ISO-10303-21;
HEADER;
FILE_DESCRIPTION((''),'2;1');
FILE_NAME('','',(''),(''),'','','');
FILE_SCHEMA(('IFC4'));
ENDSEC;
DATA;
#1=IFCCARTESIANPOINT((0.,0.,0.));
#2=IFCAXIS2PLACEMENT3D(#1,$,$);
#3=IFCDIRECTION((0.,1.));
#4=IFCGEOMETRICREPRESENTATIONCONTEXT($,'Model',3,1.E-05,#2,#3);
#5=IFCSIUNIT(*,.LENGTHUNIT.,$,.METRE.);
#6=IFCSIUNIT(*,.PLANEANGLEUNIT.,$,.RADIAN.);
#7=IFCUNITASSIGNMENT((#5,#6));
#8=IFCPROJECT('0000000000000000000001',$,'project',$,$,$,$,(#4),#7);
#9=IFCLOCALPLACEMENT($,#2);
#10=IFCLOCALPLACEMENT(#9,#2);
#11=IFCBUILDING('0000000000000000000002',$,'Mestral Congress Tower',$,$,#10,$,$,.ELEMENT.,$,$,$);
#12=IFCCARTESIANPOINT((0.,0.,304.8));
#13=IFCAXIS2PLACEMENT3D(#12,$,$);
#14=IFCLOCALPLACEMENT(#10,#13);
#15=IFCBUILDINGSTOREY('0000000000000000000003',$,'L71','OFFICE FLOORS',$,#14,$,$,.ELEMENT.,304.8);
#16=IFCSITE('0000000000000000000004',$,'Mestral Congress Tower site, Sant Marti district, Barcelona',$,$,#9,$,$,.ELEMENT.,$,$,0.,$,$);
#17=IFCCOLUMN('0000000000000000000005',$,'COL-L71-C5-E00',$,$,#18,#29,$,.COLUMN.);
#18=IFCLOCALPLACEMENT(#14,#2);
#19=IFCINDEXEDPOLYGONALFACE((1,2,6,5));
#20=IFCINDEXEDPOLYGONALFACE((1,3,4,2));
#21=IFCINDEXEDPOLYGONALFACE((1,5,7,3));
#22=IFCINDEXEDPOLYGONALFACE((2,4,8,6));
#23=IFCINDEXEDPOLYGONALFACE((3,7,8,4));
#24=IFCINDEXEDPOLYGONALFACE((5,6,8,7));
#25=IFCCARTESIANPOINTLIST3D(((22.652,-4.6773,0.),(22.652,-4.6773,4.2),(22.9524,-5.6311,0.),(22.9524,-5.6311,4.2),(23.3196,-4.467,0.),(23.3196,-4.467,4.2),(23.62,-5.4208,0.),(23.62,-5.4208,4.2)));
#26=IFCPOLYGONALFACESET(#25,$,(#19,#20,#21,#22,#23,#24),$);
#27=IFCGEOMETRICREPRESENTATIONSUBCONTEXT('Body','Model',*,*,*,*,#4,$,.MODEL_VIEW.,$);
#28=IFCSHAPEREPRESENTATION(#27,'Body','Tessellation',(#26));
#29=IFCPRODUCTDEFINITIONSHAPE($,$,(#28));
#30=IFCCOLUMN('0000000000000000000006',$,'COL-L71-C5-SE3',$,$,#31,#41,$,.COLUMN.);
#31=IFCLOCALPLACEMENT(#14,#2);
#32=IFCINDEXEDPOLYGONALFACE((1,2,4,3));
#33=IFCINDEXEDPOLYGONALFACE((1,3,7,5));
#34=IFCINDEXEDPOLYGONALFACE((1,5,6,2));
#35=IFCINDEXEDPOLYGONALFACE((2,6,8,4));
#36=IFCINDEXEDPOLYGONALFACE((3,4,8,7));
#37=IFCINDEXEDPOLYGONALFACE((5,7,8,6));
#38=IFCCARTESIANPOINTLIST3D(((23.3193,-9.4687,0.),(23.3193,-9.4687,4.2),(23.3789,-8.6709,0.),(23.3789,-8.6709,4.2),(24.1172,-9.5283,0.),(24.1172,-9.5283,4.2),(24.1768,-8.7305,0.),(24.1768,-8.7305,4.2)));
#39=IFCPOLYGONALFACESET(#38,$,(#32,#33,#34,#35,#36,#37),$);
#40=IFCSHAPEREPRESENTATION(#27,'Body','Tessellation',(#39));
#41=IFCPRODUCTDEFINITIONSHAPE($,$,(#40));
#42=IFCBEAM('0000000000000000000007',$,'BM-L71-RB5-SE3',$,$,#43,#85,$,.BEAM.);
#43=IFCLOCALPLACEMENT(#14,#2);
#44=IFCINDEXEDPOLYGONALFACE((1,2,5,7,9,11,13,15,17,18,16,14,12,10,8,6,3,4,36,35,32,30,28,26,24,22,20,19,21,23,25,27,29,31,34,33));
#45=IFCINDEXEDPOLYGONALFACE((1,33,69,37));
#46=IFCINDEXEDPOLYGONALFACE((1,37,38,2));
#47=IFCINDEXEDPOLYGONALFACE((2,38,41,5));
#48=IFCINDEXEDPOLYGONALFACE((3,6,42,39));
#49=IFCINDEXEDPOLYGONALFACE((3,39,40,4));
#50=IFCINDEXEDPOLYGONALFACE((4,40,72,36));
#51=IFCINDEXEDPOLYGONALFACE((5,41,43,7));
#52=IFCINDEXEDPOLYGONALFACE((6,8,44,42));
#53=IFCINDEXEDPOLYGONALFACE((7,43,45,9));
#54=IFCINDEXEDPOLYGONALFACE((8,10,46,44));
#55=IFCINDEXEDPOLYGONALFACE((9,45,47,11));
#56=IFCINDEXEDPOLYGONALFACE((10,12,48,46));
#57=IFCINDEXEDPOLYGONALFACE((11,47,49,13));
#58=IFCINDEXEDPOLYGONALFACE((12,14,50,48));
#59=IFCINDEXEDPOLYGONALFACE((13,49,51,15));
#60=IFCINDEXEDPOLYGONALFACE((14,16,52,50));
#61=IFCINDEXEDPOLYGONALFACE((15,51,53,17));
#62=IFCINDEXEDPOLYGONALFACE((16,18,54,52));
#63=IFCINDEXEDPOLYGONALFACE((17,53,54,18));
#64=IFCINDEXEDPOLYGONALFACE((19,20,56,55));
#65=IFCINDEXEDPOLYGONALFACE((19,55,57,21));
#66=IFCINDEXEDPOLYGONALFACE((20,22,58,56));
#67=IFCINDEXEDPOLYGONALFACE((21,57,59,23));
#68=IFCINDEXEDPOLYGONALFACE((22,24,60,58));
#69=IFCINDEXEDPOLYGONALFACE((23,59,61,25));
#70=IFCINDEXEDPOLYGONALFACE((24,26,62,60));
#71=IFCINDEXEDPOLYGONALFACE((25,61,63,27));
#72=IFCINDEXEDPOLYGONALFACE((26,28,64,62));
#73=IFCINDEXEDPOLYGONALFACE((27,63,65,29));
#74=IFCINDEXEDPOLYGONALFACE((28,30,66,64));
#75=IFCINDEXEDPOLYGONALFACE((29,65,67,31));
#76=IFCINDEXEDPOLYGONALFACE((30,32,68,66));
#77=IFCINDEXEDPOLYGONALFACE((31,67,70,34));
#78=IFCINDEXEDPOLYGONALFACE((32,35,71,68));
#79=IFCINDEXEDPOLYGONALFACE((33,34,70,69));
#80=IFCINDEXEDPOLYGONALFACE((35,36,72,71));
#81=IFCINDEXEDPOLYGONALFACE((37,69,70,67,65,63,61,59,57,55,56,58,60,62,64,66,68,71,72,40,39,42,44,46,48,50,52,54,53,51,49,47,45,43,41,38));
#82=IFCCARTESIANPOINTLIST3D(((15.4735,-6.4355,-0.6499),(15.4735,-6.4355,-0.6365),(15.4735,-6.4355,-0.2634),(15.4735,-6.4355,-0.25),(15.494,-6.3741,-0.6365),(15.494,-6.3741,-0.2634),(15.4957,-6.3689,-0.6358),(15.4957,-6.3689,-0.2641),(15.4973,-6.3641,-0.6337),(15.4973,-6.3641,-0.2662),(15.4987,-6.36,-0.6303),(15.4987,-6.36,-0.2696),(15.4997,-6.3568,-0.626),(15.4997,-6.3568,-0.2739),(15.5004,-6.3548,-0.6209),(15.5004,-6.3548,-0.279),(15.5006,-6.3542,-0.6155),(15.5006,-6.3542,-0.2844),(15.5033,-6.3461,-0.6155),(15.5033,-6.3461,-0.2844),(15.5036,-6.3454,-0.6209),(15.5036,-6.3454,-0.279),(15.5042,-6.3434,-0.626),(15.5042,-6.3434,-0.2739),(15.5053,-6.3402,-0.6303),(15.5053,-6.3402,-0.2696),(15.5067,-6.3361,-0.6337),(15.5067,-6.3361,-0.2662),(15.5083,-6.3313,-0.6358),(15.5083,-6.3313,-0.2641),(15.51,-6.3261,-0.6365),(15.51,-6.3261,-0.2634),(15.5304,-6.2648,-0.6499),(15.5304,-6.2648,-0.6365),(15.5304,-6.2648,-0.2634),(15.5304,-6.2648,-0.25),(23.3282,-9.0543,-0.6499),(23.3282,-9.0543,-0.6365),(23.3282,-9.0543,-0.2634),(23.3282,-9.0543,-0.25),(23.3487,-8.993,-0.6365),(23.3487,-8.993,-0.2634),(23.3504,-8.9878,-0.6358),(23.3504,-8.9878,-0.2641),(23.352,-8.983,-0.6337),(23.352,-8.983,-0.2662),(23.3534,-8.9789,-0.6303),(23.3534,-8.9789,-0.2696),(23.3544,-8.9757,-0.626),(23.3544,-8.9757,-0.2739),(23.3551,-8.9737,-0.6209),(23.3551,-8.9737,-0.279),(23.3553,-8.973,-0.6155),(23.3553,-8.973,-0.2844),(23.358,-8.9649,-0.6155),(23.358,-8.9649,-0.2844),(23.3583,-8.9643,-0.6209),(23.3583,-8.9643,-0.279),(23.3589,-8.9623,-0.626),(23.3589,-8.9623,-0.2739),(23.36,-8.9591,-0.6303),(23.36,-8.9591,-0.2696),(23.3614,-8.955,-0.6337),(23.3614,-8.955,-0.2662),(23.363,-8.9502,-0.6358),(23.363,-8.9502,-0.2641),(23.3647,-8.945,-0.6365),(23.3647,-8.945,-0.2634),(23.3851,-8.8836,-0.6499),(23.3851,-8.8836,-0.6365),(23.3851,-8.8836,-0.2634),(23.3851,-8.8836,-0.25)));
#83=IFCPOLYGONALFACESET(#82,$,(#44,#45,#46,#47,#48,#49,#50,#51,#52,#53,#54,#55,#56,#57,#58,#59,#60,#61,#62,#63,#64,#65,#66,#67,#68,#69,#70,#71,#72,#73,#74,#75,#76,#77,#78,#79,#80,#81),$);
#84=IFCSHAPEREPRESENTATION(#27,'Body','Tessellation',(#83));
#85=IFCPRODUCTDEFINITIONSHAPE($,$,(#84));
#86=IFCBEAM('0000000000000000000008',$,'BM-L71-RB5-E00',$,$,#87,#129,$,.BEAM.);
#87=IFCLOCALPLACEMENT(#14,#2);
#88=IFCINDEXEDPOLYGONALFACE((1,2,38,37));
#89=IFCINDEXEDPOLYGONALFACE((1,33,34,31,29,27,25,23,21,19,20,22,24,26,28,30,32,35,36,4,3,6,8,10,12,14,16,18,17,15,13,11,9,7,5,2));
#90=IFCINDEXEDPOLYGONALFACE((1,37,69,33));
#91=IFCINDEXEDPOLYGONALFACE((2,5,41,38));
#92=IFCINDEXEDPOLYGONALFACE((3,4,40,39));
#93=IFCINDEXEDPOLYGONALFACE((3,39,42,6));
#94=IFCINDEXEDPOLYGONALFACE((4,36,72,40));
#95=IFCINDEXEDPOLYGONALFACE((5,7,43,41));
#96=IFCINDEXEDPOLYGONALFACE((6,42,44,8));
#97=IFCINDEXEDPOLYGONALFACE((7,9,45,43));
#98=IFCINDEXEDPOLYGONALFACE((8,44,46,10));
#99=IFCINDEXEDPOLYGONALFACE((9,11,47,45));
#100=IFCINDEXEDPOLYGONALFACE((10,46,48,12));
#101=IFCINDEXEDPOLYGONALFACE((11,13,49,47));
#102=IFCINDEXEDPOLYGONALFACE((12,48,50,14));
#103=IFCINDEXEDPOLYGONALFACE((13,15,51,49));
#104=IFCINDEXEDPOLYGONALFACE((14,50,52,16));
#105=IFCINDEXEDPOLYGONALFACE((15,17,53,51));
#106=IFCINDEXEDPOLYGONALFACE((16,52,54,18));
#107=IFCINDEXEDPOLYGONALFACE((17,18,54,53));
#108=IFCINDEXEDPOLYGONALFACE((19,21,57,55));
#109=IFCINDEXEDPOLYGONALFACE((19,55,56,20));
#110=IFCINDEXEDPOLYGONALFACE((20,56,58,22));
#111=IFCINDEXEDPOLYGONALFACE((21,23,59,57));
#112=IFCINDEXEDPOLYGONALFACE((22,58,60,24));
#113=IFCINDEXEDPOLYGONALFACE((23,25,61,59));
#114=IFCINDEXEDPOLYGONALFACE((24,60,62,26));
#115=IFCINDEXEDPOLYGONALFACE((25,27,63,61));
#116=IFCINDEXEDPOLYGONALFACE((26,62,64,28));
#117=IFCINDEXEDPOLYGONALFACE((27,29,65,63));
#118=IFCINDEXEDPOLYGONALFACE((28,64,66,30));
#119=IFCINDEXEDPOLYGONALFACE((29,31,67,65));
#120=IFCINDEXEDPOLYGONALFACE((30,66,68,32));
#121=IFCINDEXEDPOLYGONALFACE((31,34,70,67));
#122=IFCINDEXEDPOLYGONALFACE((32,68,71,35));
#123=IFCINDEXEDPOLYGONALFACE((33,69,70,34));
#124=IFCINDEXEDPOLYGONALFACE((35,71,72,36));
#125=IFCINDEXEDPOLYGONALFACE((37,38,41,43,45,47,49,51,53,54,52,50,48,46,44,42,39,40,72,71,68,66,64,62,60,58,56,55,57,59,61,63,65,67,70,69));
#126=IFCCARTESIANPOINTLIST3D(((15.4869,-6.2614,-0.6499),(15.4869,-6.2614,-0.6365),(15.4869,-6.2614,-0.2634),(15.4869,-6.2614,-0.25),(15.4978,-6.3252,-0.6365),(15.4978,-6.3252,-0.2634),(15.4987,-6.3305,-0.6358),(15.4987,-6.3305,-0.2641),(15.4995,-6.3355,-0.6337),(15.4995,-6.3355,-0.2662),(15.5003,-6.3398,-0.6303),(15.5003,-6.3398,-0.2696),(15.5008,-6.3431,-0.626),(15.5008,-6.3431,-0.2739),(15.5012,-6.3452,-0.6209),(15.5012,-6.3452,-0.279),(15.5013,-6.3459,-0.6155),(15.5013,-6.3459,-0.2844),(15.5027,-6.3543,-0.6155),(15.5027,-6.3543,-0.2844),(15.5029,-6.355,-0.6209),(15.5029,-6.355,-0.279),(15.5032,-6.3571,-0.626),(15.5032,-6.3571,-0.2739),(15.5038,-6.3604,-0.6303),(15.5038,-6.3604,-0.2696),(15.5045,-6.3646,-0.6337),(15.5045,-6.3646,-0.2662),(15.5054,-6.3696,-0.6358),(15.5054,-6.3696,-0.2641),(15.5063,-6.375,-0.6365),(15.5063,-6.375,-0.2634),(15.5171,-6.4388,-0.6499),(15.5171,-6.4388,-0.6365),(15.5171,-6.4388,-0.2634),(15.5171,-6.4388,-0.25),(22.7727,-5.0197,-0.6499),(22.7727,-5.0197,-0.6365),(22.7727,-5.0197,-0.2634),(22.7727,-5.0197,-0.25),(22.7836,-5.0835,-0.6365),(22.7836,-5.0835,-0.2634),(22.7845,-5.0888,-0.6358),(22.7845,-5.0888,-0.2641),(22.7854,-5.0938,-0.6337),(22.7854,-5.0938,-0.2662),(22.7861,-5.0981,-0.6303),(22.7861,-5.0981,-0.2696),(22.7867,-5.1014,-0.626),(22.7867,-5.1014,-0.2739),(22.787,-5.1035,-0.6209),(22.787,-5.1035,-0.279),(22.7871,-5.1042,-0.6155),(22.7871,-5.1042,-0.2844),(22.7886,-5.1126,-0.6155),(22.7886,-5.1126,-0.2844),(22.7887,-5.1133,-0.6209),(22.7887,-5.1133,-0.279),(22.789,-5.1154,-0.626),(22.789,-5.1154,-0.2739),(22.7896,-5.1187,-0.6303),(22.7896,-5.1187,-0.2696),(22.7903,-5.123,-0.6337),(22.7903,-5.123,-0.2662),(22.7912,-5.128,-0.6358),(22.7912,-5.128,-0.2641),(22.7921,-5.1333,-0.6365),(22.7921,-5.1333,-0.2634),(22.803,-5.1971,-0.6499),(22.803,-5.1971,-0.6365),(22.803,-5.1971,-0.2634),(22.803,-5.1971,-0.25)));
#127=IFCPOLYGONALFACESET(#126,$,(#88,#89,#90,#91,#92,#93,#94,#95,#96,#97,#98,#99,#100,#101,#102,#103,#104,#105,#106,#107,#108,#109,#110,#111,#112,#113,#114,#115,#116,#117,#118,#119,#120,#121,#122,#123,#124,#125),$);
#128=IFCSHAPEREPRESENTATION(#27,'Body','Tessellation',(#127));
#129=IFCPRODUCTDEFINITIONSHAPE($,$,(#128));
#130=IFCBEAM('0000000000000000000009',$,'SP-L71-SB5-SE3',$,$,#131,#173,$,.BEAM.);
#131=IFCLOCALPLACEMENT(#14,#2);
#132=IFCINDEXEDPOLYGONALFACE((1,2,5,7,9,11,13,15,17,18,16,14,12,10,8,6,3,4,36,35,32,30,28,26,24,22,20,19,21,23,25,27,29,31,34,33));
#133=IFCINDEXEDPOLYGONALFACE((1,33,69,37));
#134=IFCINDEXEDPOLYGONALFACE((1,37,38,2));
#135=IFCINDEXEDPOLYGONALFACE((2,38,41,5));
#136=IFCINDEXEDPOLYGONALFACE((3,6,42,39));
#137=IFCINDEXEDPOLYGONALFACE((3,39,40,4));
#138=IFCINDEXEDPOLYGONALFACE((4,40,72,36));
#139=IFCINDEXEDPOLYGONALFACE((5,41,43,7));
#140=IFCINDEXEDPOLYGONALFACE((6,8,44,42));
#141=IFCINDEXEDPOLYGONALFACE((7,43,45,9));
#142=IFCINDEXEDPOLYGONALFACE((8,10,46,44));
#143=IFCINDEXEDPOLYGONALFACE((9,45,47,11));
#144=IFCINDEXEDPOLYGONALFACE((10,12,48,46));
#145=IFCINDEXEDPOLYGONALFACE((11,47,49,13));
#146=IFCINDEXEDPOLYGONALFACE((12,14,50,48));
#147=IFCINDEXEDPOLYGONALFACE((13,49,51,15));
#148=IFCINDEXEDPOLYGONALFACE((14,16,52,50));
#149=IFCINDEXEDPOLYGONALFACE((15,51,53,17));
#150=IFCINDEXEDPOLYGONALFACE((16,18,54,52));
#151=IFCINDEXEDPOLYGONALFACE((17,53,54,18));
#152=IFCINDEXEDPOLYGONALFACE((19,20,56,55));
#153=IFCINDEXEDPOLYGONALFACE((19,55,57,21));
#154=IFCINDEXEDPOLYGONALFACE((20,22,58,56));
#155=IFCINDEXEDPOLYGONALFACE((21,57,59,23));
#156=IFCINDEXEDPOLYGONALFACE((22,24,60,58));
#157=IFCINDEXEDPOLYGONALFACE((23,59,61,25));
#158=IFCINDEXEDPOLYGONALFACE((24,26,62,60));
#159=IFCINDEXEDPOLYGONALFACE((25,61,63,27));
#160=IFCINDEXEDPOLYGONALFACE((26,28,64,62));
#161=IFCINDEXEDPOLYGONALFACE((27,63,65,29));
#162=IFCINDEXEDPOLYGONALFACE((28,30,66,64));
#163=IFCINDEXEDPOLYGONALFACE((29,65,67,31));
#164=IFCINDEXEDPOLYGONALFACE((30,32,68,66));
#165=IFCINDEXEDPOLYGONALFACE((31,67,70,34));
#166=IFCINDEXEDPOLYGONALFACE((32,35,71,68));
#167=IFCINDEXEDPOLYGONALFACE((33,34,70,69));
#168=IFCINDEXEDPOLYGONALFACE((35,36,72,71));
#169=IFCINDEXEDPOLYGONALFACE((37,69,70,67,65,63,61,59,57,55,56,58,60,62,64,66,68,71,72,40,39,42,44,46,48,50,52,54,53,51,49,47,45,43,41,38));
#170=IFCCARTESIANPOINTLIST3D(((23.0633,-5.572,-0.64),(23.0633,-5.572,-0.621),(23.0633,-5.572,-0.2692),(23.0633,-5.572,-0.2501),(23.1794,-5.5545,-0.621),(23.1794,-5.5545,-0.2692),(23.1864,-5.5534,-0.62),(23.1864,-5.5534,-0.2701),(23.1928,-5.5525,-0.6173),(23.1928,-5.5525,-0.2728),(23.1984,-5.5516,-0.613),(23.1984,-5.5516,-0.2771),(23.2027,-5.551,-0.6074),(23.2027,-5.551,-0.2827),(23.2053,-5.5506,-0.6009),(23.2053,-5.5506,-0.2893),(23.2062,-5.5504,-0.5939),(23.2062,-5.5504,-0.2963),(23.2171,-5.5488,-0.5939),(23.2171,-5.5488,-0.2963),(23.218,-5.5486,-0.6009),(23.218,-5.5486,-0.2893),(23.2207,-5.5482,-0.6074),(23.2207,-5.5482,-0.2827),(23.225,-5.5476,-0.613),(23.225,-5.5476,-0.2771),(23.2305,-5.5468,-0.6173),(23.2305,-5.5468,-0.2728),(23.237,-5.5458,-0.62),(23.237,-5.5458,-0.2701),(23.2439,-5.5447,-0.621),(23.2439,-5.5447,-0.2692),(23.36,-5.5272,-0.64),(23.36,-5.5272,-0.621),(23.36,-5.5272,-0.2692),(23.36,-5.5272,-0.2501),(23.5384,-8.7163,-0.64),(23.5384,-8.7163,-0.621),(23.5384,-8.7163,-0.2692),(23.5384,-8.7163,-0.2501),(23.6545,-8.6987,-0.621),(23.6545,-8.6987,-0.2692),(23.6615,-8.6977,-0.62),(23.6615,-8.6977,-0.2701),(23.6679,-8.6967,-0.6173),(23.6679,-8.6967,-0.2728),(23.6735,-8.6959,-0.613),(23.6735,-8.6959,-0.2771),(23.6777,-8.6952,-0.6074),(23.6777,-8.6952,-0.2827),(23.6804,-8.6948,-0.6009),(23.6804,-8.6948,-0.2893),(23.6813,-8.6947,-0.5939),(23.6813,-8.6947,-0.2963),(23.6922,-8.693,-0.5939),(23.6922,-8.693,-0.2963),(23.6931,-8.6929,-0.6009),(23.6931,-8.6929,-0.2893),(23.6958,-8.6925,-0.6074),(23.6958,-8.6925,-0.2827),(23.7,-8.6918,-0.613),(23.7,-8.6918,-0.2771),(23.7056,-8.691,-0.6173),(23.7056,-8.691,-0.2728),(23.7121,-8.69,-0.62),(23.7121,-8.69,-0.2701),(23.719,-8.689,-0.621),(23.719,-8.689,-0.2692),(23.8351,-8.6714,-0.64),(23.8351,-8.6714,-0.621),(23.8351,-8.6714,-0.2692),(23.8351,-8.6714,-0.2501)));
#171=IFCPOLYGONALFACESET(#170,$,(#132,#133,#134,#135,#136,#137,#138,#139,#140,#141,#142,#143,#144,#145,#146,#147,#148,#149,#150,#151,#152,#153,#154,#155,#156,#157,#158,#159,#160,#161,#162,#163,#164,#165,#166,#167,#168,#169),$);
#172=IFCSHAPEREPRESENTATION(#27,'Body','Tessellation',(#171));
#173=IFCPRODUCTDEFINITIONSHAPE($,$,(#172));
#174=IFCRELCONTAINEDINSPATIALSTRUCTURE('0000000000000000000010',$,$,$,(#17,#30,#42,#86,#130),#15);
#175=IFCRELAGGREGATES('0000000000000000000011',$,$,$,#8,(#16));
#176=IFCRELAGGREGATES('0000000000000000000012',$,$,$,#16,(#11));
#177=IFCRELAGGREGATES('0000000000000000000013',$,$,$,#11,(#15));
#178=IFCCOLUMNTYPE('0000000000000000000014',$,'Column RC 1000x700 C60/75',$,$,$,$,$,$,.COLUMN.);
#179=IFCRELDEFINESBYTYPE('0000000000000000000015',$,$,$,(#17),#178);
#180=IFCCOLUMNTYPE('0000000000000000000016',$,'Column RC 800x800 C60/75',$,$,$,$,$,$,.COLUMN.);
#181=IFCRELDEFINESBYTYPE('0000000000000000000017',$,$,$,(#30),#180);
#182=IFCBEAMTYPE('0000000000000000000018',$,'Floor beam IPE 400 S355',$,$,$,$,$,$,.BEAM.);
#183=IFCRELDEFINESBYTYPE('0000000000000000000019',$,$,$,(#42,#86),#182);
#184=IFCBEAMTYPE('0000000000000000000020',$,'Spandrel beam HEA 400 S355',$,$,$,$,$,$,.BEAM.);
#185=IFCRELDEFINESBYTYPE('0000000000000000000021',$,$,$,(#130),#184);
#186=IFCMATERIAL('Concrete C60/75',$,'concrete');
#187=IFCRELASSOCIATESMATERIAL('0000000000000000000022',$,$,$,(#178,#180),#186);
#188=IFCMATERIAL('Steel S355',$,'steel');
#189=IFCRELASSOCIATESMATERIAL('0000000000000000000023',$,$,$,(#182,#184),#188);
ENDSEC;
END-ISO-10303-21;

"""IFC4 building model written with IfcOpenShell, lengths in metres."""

from ifc_helpers import new_model, si_unit, direction, frame, origin, origin_2d, place, context, subcontext, project, spatial, rectangle, i_section, extrude, material, material_profile, profile_set, type_object, element, save


model = new_model("IFC4")

# Units and contexts
model_context = context("Model", 3, precision=1e-05, world=origin(), true_north=direction((0.0, 1.0)))
body_context = subcontext(model_context, "Body", "Model", "MODEL_VIEW")
ifc_project = project(units=[si_unit("LENGTHUNIT", "METRE"), si_unit("PLANEANGLEUNIT", "RADIAN")], contexts=[model_context])

# Site, building, storey
site_placement = place(None, origin())
site = spatial("IfcSite", under=ifc_project, at=site_placement, Name="Mestral Congress Tower site, Sant Marti district, Barcelona", CompositionType="ELEMENT", RefElevation=0.0)
building_placement = place(site_placement, origin())
building = spatial("IfcBuilding", under=site, at=building_placement, Name="Mestral Congress Tower", CompositionType="ELEMENT")
storey_placement = place(building_placement, frame((0.0, 0.0, 304.8)))
storey = spatial("IfcBuildingStorey", under=building, at=storey_placement, Name="L71", Description="OFFICE FLOORS", CompositionType="ELEMENT", Elevation=304.8)

# Columns
ifc_material_1 = material(Name="Concrete C60/75", Category="concrete")
ifc_material_profile_1 = material_profile(ifc_material_1, rectangle(XDim=1.0, YDim=0.7, at=origin_2d()), Name="RC 1000x700")
ifc_profile_set_1 = profile_set([ifc_material_profile_1], Name="Concrete C60/75")
column_type_1 = type_object("IfcColumnType", Name="Column RC 1000x700 C60/75", PredefinedType="COLUMN", material=ifc_profile_set_1)
column_1_placement = place(storey_placement, frame((23.136, -5.0491, 0.0), z_axis=(0.0, 0.0, 1.0), x_axis=(-0.300431, 0.953804, 0.0)))
element("IfcColumn", 1, at=column_1_placement, inside=storey, type_object=column_type_1, Name="COL-L71-C5-E00", PredefinedType="COLUMN", context=body_context, shape_type="SweptSolid", body=[
    extrude(rectangle(XDim=1.0, YDim=0.7, at=origin_2d()), origin(), (0.0, 0.0, 1.0), 4.2),
])
ifc_material_profile_2 = material_profile(ifc_material_1, rectangle(XDim=0.8, YDim=0.8, at=origin_2d()), Name="RC 800x800")
ifc_profile_set_2 = profile_set([ifc_material_profile_2], Name="Concrete C60/75")
column_type_2 = type_object("IfcColumnType", Name="Column RC 800x800 C60/75", PredefinedType="COLUMN", material=ifc_profile_set_2)
column_2_placement = place(storey_placement, frame((23.748, -9.0996, 0.0), z_axis=(0.0, 0.0, 1.0), x_axis=(0.074511, 0.99722, 0.0)))
element("IfcColumn", 2, at=column_2_placement, inside=storey, type_object=column_type_2, Name="COL-L71-C5-SE3", PredefinedType="COLUMN", context=body_context, shape_type="SweptSolid", body=[
    extrude(rectangle(XDim=0.8, YDim=0.8, at=origin_2d()), origin(), (0.0, 0.0, 1.0), 4.2),
])

# Beams
ifc_material_2 = material(Name="Steel S355", Category="steel")
ifc_material_profile_3 = material_profile(ifc_material_2, i_section(OverallWidth=0.1799, OverallDepth=0.3999, WebThickness=0.0085, FlangeThickness=0.0134, FilletRadius=0.021, at=origin_2d()), Name="IPE 400")
ifc_profile_set_3 = profile_set([ifc_material_profile_3], Name="Steel S355")
beam_type_1 = type_object("IfcBeamType", Name="Floor beam IPE 400 S355", PredefinedType="BEAM", material=ifc_profile_set_3)
beam_1_placement = place(storey_placement, frame((23.3567, -8.969, -0.45), z_axis=(-0.94866, 0.316299, 0.0), x_axis=(-0.316299, -0.94866, 0.0)))
element("IfcBeam", 3, at=beam_1_placement, inside=storey, type_object=beam_type_1, Name="BM-L71-RB5-SE3", PredefinedType="BEAM", context=body_context, shape_type="SweptSolid", body=[
    extrude(i_section(OverallWidth=0.1799, OverallDepth=0.3999, WebThickness=0.0085, FlangeThickness=0.0134, FilletRadius=0.021, at=origin_2d()), origin(), (0.0, 0.0, 1.0), 8.2798),
])
beam_2_placement = place(storey_placement, frame((22.7878, -5.1084, -0.45), z_axis=(-0.985787, -0.168003, 0.0), x_axis=(0.168003, -0.985787, 0.0)))
element("IfcBeam", 4, at=beam_2_placement, inside=storey, type_object=beam_type_1, Name="BM-L71-RB5-E00", PredefinedType="BEAM", context=body_context, shape_type="SweptSolid", body=[
    extrude(i_section(OverallWidth=0.1799, OverallDepth=0.3999, WebThickness=0.0085, FlangeThickness=0.0134, FilletRadius=0.021, at=origin_2d()), origin(), (0.0, 0.0, 1.0), 7.3909),
])
ifc_material_profile_4 = material_profile(ifc_material_2, i_section(OverallWidth=0.3, OverallDepth=0.3899, WebThickness=0.011, FlangeThickness=0.019, FilletRadius=0.0271, at=origin_2d()), Name="HEA 400")
ifc_profile_set_4 = profile_set([ifc_material_profile_4], Name="Steel S355")
beam_type_2 = type_object("IfcBeamType", Name="Spandrel beam HEA 400 S355", PredefinedType="BEAM", material=ifc_profile_set_4)
beam_3_placement = place(storey_placement, frame((23.6868, -8.6938, -0.4451), z_axis=(-0.149403, 0.988776, 0.0), x_axis=(-0.988776, -0.149403, 0.0)))
element("IfcBeam", 5, at=beam_3_placement, inside=storey, type_object=beam_type_2, Name="SP-L71-SB5-SE3", PredefinedType="BEAM", context=body_context, shape_type="SweptSolid", body=[
    extrude(i_section(OverallWidth=0.3, OverallDepth=0.3899, WebThickness=0.011, FlangeThickness=0.019, FilletRadius=0.0271, at=origin_2d()), origin(), (0.0, 0.0, 1.0), 3.1799),
])

save(model, "model.ifc")
